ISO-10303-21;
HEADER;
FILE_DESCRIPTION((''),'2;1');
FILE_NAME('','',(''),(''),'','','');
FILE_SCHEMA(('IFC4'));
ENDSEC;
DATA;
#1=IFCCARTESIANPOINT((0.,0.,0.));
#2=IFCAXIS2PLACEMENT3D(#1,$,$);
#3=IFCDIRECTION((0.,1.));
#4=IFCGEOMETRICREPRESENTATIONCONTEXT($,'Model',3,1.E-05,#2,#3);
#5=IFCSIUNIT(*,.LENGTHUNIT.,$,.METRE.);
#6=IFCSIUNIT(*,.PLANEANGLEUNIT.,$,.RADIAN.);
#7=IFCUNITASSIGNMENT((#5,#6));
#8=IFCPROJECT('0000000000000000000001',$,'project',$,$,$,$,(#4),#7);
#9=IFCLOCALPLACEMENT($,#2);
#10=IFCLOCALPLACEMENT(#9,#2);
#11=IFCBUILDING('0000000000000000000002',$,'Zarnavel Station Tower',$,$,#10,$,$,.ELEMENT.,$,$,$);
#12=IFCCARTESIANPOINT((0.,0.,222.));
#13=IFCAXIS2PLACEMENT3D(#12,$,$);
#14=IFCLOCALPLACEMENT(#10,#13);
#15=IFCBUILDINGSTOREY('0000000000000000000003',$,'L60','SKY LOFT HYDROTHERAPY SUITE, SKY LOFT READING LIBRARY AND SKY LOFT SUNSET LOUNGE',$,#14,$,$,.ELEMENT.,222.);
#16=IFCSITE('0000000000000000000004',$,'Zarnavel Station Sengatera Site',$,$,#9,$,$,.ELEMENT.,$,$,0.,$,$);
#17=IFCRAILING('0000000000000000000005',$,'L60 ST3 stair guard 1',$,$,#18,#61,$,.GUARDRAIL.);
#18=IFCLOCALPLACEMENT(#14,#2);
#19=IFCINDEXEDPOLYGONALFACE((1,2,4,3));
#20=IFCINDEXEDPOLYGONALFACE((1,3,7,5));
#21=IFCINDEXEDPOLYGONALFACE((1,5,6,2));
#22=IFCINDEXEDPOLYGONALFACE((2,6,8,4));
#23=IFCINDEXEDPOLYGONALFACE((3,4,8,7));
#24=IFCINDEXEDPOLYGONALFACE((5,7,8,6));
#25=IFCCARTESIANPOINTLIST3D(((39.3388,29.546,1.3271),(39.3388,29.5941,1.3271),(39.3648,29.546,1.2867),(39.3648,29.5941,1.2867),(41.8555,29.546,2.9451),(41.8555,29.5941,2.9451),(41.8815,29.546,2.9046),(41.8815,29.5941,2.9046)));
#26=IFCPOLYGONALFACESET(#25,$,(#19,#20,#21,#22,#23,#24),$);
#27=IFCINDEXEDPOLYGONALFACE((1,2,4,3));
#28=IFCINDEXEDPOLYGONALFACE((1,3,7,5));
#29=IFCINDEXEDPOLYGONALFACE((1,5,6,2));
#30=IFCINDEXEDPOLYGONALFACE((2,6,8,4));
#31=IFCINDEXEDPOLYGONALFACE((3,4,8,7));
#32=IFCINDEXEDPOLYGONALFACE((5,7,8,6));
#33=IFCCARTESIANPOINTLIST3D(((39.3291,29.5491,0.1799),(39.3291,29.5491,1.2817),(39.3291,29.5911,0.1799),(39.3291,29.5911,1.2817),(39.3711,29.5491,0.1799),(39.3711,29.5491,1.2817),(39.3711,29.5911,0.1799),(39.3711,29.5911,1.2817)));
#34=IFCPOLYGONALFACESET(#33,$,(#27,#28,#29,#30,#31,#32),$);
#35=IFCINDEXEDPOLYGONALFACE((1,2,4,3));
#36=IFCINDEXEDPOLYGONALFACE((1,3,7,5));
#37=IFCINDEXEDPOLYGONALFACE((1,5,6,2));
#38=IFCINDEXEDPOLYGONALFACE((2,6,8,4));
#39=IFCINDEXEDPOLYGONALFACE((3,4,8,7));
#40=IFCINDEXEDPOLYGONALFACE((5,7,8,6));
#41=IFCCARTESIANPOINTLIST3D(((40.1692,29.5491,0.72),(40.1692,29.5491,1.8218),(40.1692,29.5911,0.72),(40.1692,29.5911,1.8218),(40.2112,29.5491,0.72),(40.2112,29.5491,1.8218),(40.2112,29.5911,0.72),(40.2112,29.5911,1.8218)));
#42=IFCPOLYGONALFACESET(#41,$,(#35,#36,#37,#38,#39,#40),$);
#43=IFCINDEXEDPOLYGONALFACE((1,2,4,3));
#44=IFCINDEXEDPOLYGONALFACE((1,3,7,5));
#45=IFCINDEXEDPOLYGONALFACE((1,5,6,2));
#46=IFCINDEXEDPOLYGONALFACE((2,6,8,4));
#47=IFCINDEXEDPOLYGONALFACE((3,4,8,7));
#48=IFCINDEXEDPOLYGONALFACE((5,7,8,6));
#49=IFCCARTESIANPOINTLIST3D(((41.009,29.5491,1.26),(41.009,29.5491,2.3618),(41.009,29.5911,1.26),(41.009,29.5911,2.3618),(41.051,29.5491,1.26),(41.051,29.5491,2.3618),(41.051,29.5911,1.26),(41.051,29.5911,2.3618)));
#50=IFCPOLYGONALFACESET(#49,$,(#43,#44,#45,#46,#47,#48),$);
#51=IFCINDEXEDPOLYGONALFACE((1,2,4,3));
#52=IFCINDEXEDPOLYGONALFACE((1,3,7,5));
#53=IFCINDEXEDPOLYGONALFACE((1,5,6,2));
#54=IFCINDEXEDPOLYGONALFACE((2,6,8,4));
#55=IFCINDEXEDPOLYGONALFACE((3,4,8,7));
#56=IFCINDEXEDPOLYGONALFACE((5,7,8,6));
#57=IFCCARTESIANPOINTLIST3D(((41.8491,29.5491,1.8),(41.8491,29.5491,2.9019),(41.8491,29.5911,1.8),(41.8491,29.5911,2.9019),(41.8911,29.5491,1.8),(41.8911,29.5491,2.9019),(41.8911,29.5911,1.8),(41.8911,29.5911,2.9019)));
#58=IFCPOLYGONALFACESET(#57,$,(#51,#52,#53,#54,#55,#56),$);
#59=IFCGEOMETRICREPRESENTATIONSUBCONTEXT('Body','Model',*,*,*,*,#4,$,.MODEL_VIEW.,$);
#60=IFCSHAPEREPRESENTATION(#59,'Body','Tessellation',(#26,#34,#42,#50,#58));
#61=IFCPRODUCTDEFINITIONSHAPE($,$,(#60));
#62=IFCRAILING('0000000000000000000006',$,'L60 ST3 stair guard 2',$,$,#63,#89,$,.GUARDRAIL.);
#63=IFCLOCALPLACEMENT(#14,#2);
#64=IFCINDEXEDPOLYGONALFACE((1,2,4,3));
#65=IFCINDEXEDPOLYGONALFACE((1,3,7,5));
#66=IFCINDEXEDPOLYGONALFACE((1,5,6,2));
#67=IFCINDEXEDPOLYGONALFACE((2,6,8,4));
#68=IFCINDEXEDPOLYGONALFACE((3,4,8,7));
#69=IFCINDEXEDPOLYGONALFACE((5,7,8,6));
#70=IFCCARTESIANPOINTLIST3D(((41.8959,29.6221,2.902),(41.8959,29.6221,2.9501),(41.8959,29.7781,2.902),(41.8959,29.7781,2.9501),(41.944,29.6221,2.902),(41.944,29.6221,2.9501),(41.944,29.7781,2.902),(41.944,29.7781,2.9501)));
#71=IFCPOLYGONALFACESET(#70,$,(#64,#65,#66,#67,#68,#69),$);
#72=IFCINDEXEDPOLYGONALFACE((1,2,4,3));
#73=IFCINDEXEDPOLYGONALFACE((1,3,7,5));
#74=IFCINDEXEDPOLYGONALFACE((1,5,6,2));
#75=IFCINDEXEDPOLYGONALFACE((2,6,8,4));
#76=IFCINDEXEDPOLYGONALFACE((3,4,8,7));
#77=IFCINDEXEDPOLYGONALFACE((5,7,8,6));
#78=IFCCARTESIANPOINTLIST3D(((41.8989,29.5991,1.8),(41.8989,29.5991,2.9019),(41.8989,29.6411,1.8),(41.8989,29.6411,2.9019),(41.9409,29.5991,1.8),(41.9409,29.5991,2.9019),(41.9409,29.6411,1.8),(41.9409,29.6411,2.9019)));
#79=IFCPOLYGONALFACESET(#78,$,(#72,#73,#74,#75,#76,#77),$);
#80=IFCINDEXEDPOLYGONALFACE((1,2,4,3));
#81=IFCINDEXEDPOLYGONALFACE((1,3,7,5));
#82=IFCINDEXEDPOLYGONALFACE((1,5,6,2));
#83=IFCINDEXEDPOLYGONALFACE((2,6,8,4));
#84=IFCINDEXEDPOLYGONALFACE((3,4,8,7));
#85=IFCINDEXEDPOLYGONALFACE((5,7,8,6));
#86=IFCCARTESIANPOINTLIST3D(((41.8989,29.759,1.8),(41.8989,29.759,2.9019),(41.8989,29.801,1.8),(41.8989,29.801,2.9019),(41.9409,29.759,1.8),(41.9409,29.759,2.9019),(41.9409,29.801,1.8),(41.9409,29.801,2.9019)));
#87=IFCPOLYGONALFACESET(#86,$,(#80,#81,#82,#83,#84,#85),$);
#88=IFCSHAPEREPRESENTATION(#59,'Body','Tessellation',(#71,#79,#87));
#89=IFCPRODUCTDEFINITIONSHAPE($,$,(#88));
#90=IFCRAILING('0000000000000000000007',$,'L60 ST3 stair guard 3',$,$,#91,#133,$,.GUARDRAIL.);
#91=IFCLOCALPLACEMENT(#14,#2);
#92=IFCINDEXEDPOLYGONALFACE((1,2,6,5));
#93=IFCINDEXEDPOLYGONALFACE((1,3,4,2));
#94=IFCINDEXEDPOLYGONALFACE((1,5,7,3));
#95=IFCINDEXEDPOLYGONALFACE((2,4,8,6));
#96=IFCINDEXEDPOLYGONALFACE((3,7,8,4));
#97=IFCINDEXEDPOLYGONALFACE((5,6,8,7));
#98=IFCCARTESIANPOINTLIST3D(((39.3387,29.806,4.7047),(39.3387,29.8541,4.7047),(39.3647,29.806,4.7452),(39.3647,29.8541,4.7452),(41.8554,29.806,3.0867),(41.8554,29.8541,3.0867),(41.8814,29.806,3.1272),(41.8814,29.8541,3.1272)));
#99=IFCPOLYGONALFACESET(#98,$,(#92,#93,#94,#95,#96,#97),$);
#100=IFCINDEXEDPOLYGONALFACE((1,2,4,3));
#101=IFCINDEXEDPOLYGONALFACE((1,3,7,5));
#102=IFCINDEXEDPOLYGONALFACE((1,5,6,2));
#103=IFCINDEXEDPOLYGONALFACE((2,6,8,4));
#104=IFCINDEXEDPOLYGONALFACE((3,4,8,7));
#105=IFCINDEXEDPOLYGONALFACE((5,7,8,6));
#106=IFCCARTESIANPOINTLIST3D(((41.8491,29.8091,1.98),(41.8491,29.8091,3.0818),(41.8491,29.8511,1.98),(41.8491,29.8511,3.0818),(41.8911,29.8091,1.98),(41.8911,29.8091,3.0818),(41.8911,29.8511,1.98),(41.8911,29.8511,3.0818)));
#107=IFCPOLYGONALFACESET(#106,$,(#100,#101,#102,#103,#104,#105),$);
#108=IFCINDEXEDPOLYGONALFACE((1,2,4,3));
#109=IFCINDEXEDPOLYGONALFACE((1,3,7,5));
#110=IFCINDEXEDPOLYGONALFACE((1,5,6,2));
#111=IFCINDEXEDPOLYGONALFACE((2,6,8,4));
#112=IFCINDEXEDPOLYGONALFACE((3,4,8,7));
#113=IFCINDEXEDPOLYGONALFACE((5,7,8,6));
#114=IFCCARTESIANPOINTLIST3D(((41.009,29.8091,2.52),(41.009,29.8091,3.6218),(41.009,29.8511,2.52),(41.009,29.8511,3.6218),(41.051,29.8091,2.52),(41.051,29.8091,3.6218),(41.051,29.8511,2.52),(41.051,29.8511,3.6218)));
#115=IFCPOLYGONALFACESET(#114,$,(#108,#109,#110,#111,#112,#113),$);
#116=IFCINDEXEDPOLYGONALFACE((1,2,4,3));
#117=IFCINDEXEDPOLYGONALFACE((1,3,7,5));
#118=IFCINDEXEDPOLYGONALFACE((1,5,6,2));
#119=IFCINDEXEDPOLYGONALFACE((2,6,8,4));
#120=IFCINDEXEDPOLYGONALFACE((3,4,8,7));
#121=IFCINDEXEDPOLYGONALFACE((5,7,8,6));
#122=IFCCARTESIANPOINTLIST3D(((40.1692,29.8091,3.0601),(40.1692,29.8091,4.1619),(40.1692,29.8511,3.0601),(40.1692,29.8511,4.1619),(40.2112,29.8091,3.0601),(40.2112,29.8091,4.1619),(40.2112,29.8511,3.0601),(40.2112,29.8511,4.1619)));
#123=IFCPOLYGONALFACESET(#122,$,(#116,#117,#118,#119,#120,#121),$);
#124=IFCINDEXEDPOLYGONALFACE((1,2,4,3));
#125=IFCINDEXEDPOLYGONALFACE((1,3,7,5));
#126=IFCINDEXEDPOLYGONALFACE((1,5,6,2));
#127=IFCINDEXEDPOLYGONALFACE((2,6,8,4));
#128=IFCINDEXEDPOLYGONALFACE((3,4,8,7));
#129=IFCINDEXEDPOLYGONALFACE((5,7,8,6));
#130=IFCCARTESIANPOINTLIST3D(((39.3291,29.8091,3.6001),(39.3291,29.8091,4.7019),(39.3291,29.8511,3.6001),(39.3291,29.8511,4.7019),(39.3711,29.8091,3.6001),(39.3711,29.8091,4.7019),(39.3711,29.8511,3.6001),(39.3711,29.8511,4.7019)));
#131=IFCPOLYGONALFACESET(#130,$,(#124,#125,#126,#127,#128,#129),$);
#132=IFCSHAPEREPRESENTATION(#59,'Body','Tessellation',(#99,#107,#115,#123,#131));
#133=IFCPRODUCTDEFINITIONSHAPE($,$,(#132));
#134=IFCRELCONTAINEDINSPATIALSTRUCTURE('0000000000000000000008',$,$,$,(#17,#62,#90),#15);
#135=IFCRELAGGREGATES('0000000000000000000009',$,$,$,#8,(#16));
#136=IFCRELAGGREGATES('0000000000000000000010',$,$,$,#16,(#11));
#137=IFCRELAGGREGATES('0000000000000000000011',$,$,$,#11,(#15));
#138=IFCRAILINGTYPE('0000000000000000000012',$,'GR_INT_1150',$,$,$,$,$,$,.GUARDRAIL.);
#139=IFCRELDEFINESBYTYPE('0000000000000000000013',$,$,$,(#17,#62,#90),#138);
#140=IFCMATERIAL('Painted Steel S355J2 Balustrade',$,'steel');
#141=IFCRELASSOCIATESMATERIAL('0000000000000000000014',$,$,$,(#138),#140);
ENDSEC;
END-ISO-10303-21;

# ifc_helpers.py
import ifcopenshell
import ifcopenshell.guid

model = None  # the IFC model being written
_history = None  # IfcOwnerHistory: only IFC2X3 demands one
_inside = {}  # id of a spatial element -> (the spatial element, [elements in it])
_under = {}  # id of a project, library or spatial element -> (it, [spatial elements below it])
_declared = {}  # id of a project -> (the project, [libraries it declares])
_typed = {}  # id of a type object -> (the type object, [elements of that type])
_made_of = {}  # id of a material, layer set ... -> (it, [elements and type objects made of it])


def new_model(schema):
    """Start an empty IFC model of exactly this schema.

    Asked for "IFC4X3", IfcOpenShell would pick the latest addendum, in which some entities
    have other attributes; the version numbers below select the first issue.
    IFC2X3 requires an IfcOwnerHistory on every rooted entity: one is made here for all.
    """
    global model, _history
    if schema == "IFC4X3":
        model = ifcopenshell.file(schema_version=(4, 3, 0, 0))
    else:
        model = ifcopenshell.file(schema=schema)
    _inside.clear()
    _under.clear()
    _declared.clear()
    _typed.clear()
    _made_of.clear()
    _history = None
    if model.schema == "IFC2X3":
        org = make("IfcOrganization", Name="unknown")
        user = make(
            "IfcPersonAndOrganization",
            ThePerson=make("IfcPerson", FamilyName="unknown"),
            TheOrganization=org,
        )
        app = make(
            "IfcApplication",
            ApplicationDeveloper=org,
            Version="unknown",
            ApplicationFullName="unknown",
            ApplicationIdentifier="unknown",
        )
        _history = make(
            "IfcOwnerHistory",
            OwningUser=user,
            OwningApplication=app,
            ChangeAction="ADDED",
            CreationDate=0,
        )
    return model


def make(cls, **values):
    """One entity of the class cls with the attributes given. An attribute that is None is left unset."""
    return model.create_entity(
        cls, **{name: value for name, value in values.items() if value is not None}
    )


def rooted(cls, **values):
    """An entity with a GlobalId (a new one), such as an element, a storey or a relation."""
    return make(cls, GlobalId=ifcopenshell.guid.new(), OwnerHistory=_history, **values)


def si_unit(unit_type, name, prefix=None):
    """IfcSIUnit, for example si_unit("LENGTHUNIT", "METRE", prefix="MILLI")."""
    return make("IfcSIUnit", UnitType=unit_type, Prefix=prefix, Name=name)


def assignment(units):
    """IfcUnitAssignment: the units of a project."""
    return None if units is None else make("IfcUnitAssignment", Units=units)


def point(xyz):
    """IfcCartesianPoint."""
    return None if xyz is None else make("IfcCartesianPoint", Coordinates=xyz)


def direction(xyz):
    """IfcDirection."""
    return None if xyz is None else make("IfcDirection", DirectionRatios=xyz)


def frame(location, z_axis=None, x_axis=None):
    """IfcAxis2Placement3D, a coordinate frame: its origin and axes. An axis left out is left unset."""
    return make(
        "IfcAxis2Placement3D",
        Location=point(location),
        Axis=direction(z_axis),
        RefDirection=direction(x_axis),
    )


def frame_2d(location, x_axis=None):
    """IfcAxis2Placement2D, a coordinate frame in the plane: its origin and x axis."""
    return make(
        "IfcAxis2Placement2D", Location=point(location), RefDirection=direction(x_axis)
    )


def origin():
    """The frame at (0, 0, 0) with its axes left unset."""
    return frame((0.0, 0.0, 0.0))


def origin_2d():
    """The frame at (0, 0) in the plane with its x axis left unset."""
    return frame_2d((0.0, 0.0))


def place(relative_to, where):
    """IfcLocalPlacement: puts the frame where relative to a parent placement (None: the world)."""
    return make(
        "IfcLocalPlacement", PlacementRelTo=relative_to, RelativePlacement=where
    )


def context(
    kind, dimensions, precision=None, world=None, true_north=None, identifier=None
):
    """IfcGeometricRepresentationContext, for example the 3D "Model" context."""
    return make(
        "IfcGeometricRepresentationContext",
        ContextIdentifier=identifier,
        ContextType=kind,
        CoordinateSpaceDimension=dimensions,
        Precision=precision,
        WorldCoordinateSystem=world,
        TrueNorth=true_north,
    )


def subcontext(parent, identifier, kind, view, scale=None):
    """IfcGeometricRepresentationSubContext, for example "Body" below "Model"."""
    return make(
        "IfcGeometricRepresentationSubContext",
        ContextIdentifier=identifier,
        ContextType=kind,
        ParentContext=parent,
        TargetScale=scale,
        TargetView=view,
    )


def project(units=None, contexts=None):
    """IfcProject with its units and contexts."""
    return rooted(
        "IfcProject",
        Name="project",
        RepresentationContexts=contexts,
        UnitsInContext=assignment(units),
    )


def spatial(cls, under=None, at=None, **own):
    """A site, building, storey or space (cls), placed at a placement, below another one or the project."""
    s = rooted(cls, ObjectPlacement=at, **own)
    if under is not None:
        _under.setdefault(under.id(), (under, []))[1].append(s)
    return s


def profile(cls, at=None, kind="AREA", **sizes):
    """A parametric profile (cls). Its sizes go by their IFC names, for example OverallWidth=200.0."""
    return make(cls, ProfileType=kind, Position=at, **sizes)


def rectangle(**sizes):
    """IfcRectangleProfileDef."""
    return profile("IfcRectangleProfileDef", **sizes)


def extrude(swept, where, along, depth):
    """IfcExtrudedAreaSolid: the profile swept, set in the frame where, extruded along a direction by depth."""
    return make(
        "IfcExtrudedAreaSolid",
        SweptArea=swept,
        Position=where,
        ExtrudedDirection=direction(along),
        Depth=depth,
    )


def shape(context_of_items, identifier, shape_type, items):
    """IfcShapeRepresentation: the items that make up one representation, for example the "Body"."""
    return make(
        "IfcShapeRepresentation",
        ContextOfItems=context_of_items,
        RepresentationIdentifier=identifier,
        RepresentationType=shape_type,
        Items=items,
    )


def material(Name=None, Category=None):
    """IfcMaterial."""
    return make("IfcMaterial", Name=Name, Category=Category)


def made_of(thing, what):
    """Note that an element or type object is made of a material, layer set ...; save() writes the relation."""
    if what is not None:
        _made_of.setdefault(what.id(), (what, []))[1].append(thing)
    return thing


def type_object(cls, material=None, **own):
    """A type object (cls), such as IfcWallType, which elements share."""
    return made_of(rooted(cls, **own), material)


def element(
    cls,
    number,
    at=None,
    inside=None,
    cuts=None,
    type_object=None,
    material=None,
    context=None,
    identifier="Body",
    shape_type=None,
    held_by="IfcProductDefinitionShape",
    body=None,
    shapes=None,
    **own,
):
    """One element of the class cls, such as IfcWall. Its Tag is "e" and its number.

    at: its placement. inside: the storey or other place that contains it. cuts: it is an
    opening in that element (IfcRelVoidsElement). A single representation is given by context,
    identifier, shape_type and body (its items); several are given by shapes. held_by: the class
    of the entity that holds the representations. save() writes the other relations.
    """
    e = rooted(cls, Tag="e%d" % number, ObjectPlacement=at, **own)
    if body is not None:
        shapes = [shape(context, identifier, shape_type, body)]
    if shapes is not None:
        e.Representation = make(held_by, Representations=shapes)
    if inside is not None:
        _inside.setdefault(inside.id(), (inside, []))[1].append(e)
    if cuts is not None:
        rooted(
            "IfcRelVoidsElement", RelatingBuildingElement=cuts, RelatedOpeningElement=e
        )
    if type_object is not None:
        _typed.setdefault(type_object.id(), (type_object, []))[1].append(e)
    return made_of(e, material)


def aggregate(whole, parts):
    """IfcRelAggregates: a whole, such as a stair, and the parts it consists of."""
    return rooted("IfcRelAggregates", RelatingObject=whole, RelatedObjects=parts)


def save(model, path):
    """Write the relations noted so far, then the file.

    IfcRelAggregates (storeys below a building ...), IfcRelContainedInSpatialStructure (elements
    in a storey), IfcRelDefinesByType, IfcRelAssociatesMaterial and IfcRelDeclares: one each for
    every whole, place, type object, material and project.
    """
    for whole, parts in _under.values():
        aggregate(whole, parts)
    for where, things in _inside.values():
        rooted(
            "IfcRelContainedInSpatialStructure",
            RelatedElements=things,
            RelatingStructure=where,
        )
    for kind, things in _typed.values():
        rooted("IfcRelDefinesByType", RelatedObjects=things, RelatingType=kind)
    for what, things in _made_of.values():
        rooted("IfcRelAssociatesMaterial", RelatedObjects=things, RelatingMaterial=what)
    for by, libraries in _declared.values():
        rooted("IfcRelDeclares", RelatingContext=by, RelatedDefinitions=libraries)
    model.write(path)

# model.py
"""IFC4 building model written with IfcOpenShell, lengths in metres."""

from ifc_helpers import new_model, si_unit, direction, frame, origin, origin_2d, place, context, subcontext, project, spatial, rectangle, extrude, material, type_object, element, save


model = new_model("IFC4")

# Units and contexts
model_context = context("Model", 3, precision=1e-05, world=origin(), true_north=direction((0.0, 1.0)))
body_context = subcontext(model_context, "Body", "Model", "MODEL_VIEW")
ifc_project = project(units=[si_unit("LENGTHUNIT", "METRE"), si_unit("PLANEANGLEUNIT", "RADIAN")], contexts=[model_context])

# Site, building, storey
site_placement = place(None, origin())
site = spatial("IfcSite", under=ifc_project, at=site_placement, Name="Zarnavel Station Sengatera Site", CompositionType="ELEMENT", RefElevation=0.0)
building_placement = place(site_placement, origin())
building = spatial("IfcBuilding", under=site, at=building_placement, Name="Zarnavel Station Tower", CompositionType="ELEMENT")
storey_placement = place(building_placement, frame((0.0, 0.0, 222.0)))
storey = spatial("IfcBuildingStorey", under=building, at=storey_placement, Name="L60", Description="SKY LOFT HYDROTHERAPY SUITE, SKY LOFT READING LIBRARY AND SKY LOFT SUNSET LOUNGE", CompositionType="ELEMENT", Elevation=222.0)

# Railings
ifc_material_1 = material(Name="Painted Steel S355J2 Balustrade", Category="steel")
railing_type = type_object("IfcRailingType", Name="GR_INT_1150", PredefinedType="GUARDRAIL", material=ifc_material_1)
railing_1_placement = place(storey_placement, frame((39.3501, 29.5701, 0.1799)))
element("IfcRailing", 1, at=railing_1_placement, inside=storey, type_object=railing_type, Name="L60 ST3 stair guard 1", PredefinedType="GUARDRAIL", context=body_context, shape_type="SweptSolid", body=[
    extrude(rectangle(XDim=0.0481, YDim=0.0481, at=origin_2d()), frame((0.0017, 0.0, 1.127), z_axis=(0.841163, 0.0, 0.540782), x_axis=(0.0, 1.0, 0.0)), (0.0, 0.0, 1.0), 2.9919),
    extrude(rectangle(XDim=0.042, YDim=0.042, at=origin_2d()), origin(), (0.0, 0.0, 1.0), 1.1018),
    extrude(rectangle(XDim=0.042, YDim=0.042, at=origin_2d()), frame((0.8401, 0.0, 0.54)), (0.0, 0.0, 1.0), 1.1018),
    extrude(rectangle(XDim=0.042, YDim=0.042, at=origin_2d()), frame((1.6799, 0.0, 1.0801)), (0.0, 0.0, 1.0), 1.1018),
    extrude(rectangle(XDim=0.042, YDim=0.042, at=origin_2d()), frame((2.52, 0.0, 1.6201)), (0.0, 0.0, 1.0), 1.1018),
])
railing_2_placement = place(storey_placement, frame((41.9199, 29.6201, 1.8)))
element("IfcRailing", 2, at=railing_2_placement, inside=storey, type_object=railing_type, Name="L60 ST3 stair guard 2", PredefinedType="GUARDRAIL", context=body_context, shape_type="SweptSolid", body=[
    extrude(rectangle(XDim=0.0481, YDim=0.0481, at=origin_2d()), frame((0.0, 0.002, 1.126), z_axis=(0.0, 1.0, 0.0), x_axis=(-1.0, 0.0, 0.0)), (0.0, 0.0, 1.0), 0.156),
    extrude(rectangle(XDim=0.042, YDim=0.042, at=origin_2d()), origin(), (0.0, 0.0, 1.0), 1.1018),
    extrude(rectangle(XDim=0.042, YDim=0.042, at=origin_2d()), frame((0.0, 0.1599, 0.0)), (0.0, 0.0, 1.0), 1.1018),
])
railing_3_placement = place(storey_placement, frame((41.8701, 29.8301, 1.98)))
element("IfcRailing", 3, at=railing_3_placement, inside=storey, type_object=railing_type, Name="L60 ST3 stair guard 3", PredefinedType="GUARDRAIL", context=body_context, shape_type="SweptSolid", body=[
    extrude(rectangle(XDim=0.0481, YDim=0.0481, at=origin_2d()), frame((-0.0017, 0.0, 1.127), z_axis=(-0.841163, 0.0, 0.540782), x_axis=(0.0, -1.0, 0.0)), (0.0, 0.0, 1.0), 2.9919),
    extrude(rectangle(XDim=0.042, YDim=0.042, at=origin_2d()), origin(), (0.0, 0.0, 1.0), 1.1018),
    extrude(rectangle(XDim=0.042, YDim=0.042, at=origin_2d()), frame((-0.8401, 0.0, 0.54)), (0.0, 0.0, 1.0), 1.1018),
    extrude(rectangle(XDim=0.042, YDim=0.042, at=origin_2d()), frame((-1.6799, 0.0, 1.0801)), (0.0, 0.0, 1.0), 1.1018),
    extrude(rectangle(XDim=0.042, YDim=0.042, at=origin_2d()), frame((-2.52, 0.0, 1.6201)), (0.0, 0.0, 1.0), 1.1018),
])

save(model, "model.ifc")
